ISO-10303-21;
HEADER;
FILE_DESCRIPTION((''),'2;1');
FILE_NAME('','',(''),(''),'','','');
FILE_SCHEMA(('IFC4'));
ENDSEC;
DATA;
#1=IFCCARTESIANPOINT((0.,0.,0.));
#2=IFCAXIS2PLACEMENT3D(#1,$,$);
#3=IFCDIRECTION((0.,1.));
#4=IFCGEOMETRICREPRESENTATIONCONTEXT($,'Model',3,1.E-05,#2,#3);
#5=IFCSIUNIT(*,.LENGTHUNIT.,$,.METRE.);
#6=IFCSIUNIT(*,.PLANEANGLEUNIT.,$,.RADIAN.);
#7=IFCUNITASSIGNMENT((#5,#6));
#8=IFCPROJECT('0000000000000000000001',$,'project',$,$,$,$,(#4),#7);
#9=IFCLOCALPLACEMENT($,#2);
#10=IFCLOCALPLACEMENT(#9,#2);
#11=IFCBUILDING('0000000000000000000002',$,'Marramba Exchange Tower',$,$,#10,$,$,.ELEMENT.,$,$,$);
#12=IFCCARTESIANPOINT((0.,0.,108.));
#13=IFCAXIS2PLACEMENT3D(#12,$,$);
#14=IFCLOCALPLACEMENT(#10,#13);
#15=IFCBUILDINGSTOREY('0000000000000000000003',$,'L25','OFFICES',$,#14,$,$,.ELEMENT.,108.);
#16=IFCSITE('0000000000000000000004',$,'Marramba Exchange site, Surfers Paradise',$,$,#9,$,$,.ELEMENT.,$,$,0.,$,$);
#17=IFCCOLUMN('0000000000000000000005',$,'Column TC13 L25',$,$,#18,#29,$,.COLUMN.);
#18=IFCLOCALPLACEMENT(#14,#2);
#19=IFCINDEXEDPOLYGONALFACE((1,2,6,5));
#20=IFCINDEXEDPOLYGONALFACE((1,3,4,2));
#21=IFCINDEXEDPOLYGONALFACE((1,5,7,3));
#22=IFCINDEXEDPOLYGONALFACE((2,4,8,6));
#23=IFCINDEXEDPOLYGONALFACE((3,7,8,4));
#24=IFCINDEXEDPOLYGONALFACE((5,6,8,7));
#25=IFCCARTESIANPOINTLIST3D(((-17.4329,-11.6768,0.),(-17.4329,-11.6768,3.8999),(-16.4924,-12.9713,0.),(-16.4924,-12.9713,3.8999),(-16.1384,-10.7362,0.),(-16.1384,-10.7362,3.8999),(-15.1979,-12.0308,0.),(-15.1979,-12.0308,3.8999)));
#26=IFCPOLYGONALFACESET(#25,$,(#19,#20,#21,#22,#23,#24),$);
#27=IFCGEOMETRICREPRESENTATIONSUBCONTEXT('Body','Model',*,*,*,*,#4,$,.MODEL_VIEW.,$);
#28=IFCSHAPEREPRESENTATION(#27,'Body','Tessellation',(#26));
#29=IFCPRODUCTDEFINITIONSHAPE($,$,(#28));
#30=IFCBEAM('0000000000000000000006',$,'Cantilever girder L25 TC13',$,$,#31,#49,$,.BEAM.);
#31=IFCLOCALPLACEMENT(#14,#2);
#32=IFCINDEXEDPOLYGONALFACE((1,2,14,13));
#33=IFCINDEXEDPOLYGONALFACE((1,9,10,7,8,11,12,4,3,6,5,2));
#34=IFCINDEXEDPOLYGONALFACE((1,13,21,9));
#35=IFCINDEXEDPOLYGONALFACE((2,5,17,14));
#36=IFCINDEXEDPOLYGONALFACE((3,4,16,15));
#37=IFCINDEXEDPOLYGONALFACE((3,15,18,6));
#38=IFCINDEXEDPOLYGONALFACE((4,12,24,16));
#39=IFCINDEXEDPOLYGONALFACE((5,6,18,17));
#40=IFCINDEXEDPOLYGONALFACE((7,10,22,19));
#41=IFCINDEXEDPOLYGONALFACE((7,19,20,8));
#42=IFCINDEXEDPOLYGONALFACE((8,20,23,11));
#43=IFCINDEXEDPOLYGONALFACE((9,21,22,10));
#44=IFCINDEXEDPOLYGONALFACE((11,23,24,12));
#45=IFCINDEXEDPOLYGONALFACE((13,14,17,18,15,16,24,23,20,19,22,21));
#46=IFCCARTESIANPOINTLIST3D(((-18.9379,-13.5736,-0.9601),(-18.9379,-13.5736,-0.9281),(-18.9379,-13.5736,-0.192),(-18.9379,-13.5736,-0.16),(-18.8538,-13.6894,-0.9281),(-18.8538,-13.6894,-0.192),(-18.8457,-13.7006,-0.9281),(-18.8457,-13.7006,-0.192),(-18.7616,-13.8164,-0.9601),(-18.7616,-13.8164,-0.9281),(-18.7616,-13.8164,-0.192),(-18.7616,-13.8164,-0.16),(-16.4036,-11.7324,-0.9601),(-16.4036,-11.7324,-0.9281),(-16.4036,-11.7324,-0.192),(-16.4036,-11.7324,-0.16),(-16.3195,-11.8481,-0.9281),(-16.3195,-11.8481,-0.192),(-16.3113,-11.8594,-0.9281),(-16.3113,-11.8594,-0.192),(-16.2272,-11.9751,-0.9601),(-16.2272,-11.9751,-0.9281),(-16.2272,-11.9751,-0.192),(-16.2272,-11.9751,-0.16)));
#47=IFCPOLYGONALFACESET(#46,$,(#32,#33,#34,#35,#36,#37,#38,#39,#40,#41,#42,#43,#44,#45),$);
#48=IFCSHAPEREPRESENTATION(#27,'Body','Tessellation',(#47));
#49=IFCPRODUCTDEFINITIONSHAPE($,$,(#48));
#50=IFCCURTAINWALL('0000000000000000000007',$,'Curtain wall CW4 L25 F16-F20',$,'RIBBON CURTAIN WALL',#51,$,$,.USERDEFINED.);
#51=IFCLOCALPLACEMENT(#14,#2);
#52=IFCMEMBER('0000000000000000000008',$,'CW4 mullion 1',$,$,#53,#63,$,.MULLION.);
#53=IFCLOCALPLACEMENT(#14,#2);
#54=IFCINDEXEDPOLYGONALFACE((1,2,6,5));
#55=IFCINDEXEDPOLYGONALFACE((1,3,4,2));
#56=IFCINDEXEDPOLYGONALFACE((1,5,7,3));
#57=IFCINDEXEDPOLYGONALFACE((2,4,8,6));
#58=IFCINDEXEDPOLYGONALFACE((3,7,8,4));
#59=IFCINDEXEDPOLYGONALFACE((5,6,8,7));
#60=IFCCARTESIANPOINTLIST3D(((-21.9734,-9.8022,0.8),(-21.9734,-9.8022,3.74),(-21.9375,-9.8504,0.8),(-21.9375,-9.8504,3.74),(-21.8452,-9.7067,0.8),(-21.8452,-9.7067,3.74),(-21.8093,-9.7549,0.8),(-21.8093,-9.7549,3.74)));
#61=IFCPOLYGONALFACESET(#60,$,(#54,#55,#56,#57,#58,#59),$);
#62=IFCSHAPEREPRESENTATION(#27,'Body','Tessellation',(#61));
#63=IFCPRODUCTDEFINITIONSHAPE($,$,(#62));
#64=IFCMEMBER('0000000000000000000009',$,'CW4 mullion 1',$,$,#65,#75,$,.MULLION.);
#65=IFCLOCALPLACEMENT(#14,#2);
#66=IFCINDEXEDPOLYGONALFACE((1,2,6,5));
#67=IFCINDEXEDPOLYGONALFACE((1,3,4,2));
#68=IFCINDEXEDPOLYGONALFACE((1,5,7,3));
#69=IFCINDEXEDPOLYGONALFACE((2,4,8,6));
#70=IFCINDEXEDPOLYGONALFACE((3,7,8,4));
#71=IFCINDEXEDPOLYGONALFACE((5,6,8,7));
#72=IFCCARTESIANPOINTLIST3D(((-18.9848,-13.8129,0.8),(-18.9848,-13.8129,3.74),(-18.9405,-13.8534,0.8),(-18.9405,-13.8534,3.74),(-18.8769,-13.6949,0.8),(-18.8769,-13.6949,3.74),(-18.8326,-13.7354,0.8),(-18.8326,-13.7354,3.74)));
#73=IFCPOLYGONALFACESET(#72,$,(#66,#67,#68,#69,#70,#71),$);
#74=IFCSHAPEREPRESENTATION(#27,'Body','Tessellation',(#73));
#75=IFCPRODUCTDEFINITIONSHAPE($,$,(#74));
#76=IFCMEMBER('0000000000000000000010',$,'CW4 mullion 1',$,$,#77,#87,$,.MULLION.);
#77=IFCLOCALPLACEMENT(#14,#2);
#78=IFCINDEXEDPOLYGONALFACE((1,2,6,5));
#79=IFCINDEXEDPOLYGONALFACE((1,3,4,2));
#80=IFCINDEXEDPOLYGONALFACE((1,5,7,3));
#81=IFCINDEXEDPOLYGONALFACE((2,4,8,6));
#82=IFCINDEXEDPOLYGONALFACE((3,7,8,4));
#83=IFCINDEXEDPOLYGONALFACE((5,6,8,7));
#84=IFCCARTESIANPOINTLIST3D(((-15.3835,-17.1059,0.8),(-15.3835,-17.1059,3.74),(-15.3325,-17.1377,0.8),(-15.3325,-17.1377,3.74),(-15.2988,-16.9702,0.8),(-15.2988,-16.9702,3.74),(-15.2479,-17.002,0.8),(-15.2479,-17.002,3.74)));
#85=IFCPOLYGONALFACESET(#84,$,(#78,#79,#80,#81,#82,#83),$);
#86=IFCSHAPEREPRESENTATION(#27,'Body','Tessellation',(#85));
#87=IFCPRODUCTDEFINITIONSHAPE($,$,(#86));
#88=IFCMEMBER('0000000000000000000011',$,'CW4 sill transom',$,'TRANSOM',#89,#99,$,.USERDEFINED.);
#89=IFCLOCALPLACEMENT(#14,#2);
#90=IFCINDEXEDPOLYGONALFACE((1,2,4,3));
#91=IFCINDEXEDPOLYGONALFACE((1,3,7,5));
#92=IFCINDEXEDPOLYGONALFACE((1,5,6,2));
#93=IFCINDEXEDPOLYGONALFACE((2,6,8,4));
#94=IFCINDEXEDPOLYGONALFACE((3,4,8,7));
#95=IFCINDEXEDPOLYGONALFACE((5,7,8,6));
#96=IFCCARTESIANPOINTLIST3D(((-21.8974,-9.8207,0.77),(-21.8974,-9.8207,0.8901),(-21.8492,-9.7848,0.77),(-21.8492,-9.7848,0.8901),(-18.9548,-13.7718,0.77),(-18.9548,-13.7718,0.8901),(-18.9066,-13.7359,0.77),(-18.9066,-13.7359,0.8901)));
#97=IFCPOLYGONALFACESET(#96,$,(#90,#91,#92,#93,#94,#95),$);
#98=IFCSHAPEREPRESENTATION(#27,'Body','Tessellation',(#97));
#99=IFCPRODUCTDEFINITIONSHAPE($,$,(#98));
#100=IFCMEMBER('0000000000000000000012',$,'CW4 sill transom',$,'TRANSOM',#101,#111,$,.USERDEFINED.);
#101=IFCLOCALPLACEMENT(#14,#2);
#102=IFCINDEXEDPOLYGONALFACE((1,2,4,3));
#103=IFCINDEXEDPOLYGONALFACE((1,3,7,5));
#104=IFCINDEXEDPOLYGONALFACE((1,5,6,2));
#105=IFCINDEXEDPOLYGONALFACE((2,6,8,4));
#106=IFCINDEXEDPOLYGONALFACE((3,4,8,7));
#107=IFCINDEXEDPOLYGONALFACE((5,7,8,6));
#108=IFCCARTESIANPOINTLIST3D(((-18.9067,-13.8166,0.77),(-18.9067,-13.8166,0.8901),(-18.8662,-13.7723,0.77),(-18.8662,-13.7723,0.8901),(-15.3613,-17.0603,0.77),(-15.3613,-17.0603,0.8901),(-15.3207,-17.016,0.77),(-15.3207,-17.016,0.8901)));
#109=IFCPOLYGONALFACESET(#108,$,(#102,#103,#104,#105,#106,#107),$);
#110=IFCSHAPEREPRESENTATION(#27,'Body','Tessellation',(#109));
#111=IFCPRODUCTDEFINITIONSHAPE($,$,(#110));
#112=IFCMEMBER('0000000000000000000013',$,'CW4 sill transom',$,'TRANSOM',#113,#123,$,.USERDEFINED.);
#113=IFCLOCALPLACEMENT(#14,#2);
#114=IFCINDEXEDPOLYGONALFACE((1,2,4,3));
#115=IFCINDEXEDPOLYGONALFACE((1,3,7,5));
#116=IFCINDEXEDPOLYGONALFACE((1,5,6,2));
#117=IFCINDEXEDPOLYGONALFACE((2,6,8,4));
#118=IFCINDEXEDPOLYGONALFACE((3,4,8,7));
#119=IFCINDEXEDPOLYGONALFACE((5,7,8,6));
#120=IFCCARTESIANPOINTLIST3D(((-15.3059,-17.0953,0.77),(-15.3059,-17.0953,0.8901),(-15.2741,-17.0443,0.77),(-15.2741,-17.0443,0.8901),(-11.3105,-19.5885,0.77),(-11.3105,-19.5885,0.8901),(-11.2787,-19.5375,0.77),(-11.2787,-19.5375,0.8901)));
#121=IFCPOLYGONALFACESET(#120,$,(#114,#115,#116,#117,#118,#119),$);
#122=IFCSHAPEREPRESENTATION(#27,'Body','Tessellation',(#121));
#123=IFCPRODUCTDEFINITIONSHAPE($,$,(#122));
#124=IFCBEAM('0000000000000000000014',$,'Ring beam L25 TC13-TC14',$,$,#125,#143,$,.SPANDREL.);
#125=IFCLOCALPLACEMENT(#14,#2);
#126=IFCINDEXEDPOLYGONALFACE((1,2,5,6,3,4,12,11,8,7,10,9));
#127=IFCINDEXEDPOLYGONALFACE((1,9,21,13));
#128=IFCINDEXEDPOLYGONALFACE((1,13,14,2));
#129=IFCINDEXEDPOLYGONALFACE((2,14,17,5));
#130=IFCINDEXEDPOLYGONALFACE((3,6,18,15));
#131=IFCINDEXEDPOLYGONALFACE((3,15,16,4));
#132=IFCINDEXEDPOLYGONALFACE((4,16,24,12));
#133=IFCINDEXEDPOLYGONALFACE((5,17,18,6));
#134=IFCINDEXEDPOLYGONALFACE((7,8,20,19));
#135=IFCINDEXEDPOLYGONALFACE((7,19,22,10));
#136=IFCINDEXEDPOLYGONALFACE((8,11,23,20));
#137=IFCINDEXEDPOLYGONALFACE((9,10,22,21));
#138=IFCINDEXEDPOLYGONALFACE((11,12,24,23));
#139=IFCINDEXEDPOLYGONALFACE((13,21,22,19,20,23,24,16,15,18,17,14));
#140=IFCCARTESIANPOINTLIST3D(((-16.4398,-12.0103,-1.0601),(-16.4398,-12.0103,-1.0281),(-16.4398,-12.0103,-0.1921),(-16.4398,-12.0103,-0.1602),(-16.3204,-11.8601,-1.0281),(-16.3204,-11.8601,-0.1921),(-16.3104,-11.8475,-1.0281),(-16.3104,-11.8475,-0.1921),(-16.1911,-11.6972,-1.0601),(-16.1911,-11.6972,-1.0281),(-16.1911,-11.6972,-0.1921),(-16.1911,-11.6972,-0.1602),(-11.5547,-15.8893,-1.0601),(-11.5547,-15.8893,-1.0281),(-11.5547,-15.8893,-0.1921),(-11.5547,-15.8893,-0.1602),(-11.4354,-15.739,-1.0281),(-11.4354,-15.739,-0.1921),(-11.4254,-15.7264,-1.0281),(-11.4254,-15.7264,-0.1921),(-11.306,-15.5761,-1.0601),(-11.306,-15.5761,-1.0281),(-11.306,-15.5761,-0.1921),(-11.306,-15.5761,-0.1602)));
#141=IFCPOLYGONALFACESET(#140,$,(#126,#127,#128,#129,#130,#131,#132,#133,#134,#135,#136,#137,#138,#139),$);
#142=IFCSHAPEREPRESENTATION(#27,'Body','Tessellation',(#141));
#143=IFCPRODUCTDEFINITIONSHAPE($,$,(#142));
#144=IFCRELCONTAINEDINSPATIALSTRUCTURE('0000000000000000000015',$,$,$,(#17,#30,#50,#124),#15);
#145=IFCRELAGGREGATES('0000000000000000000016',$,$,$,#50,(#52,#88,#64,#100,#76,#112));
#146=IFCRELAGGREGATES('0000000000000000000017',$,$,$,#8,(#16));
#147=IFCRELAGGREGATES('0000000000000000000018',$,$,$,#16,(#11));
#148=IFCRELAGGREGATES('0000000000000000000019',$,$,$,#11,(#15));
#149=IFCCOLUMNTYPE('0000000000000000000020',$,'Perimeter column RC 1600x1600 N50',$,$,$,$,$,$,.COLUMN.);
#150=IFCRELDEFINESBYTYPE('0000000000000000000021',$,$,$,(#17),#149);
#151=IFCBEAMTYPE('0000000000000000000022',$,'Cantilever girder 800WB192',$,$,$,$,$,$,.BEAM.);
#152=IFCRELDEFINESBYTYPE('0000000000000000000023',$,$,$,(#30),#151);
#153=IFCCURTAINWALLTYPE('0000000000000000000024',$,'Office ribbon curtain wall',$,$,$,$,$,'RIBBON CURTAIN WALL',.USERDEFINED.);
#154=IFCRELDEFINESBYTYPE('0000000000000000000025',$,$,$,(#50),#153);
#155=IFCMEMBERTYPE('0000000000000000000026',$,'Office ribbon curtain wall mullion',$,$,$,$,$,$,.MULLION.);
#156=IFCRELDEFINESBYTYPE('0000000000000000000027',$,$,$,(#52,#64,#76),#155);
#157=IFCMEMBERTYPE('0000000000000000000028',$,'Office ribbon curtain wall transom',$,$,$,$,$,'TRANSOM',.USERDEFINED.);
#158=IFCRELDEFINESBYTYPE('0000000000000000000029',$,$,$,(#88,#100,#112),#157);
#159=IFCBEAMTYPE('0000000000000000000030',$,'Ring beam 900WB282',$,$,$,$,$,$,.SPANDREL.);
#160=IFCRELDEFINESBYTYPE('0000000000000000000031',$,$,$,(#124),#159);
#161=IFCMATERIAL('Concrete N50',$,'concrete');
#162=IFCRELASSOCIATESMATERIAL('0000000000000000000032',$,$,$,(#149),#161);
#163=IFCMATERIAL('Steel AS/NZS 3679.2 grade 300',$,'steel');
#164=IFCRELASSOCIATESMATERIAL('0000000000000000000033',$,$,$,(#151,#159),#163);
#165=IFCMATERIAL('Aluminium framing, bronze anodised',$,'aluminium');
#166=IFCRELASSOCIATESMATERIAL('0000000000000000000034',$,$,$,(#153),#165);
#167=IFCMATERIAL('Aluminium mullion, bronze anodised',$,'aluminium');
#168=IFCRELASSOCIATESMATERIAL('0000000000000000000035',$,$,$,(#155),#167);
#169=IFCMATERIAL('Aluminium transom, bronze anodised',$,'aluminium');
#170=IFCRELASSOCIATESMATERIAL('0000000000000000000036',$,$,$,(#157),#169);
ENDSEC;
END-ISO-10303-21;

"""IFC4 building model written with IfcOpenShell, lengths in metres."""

from ifc_helpers import new_model, si_unit, direction, frame, origin, origin_2d, place, context, subcontext, project, spatial, rectangle, i_section, extrude, material, material_profile, profile_set, type_object, element, aggregate, save


model = new_model("IFC4")

# Units and contexts
model_context = context("Model", 3, precision=1e-05, world=origin(), true_north=direction((0.0, 1.0)))
body_context = subcontext(model_context, "Body", "Model", "MODEL_VIEW")
ifc_project = project(units=[si_unit("LENGTHUNIT", "METRE"), si_unit("PLANEANGLEUNIT", "RADIAN")], contexts=[model_context])

# Site, building, storey
site_placement = place(None, origin())
site = spatial("IfcSite", under=ifc_project, at=site_placement, Name="Marramba Exchange site, Surfers Paradise", CompositionType="ELEMENT", RefElevation=0.0)
building_placement = place(site_placement, origin())
building = spatial("IfcBuilding", under=site, at=building_placement, Name="Marramba Exchange Tower", CompositionType="ELEMENT")
storey_placement = place(building_placement, frame((0.0, 0.0, 108.0)))
storey = spatial("IfcBuildingStorey", under=building, at=storey_placement, Name="L25", Description="OFFICES", CompositionType="ELEMENT", Elevation=108.0)

# Column
ifc_material_1 = material(Name="Concrete N50", Category="concrete")
ifc_material_profile_1 = material_profile(ifc_material_1, rectangle(XDim=1.6001, YDim=1.6001, at=origin_2d()), Name="RC 1600x1600")
ifc_profile_set_1 = profile_set([ifc_material_profile_1], Name="Concrete N50")
column_type = type_object("IfcColumnType", Name="Perimeter column RC 1600x1600 N50", PredefinedType="COLUMN", material=ifc_profile_set_1)
column_placement = place(storey_placement, frame((-16.3154, -11.8538, 0.0), z_axis=(0.0, 0.0, 1.0), x_axis=(-0.809017, -0.587785, 0.0)))
element("IfcColumn", 1, at=column_placement, inside=storey, type_object=column_type, Name="Column TC13 L25", PredefinedType="COLUMN", context=body_context, shape_type="SweptSolid", body=[
    extrude(rectangle(XDim=1.6001, YDim=1.6001, at=origin_2d()), origin(), (0.0, 0.0, 1.0), 3.8999),
])

# Beam
ifc_material_2 = material(Name="Steel AS/NZS 3679.2 grade 300", Category="steel")
ifc_material_profile_2 = material_profile(ifc_material_2, i_section(OverallWidth=0.3, OverallDepth=0.8, WebThickness=0.0139, FlangeThickness=0.032, at=origin_2d()), Name="800WB192")
ifc_profile_set_2 = profile_set([ifc_material_profile_2], Name="Steel AS/NZS 3679.2 grade 300")
beam_type_1 = type_object("IfcBeamType", Name="Cantilever girder 800WB192", PredefinedType="BEAM", material=ifc_profile_set_2)
beam_1_placement = place(storey_placement, frame((-16.3154, -11.8538, -0.5601), z_axis=(-0.809026, -0.587773, 0.0), x_axis=(0.587773, -0.809026, 0.0)))
element("IfcBeam", 2, at=beam_1_placement, inside=storey, type_object=beam_type_1, Name="Cantilever girder L25 TC13", PredefinedType="BEAM", context=body_context, shape_type="SweptSolid", body=[
    extrude(i_section(OverallWidth=0.3, OverallDepth=0.8, WebThickness=0.0139, FlangeThickness=0.032, at=origin_2d()), origin(), (0.0, 0.0, 1.0), 3.1326),
])

# Curtain wall, members
ifc_material_3 = material(Name="Aluminium framing, bronze anodised", Category="aluminium")
curtain_wall_type = type_object("IfcCurtainWallType", Name="Office ribbon curtain wall", ElementType="RIBBON CURTAIN WALL", PredefinedType="USERDEFINED", material=ifc_material_3)
curtain_wall_placement = place(storey_placement, origin())
curtain_wall = element("IfcCurtainWall", 3, at=curtain_wall_placement, inside=storey, type_object=curtain_wall_type, Name="Curtain wall CW4 L25 F16-F20", ObjectType="RIBBON CURTAIN WALL", PredefinedType="USERDEFINED")
ifc_material_4 = material(Name="Aluminium mullion, bronze anodised", Category="aluminium")
ifc_material_profile_3 = material_profile(ifc_material_4, rectangle(XDim=0.1599, YDim=0.0601, at=origin_2d()), Name="CW4 mullion 60x160")
ifc_profile_set_3 = profile_set([ifc_material_profile_3], Name="Aluminium mullion, bronze anodised")
member_type_1 = type_object("IfcMemberType", Name="Office ribbon curtain wall mullion", PredefinedType="MULLION", material=ifc_profile_set_3)
member_1_placement = place(storey_placement, frame((-21.8914, -9.7786, 0.8), z_axis=(0.0, 0.0, 1.0), x_axis=(0.802014, 0.597305, 0.0)))
member_1 = element("IfcMember", 4, at=member_1_placement, type_object=member_type_1, Name="CW4 mullion 1", PredefinedType="MULLION", context=body_context, shape_type="SweptSolid", body=[
    extrude(rectangle(XDim=0.1599, YDim=0.0601, at=origin_2d()), origin(), (0.0, 0.0, 1.0), 2.9399),
])
member_2_placement = place(storey_placement, frame((-18.9087, -13.7742, 0.8), z_axis=(0.0, 0.0, 1.0), x_axis=(0.674995, 0.737822, 0.0)))
member_2 = element("IfcMember", 5, at=member_2_placement, type_object=member_type_1, Name="CW4 mullion 1", PredefinedType="MULLION", context=body_context, shape_type="SweptSolid", body=[
    extrude(rectangle(XDim=0.1599, YDim=0.0601, at=origin_2d()), origin(), (0.0, 0.0, 1.0), 2.9399),
])
member_3_placement = place(storey_placement, frame((-15.3157, -17.054, 0.8), z_axis=(0.0, 0.0, 1.0), x_axis=(0.529428, 0.848355, 0.0)))
member_3 = element("IfcMember", 6, at=member_3_placement, type_object=member_type_1, Name="CW4 mullion 1", PredefinedType="MULLION", context=body_context, shape_type="SweptSolid", body=[
    extrude(rectangle(XDim=0.1599, YDim=0.0601, at=origin_2d()), origin(), (0.0, 0.0, 1.0), 2.9399),
])
ifc_material_5 = material(Name="Aluminium transom, bronze anodised", Category="aluminium")
ifc_material_profile_4 = material_profile(ifc_material_5, rectangle(XDim=0.0601, YDim=0.1201, at=origin_2d()), Name="CW4 transom 60x120")
ifc_profile_set_4 = profile_set([ifc_material_profile_4], Name="Aluminium transom, bronze anodised")
member_type_2 = type_object("IfcMemberType", Name="Office ribbon curtain wall transom", ElementType="TRANSOM", PredefinedType="USERDEFINED", material=ifc_profile_set_4)
member_4_placement = place(storey_placement, frame((-21.8733, -9.8027, 0.8301), z_axis=(0.597301, -0.802017, 0.0), x_axis=(0.802017, 0.597301, 0.0)))
member_4 = element("IfcMember", 7, at=member_4_placement, type_object=member_type_2, Name="CW4 sill transom", ObjectType="TRANSOM", PredefinedType="USERDEFINED", context=body_context, shape_type="SweptSolid", body=[
    extrude(rectangle(XDim=0.0601, YDim=0.1201, at=origin_2d()), origin(), (0.0, 0.0, 1.0), 4.9265),
])
member_5_placement = place(storey_placement, frame((-18.8865, -13.7944, 0.8301), z_axis=(0.737808, -0.675011, 0.0), x_axis=(0.675011, 0.737808, 0.0)))
member_5 = element("IfcMember", 8, at=member_5_placement, type_object=member_type_2, Name="CW4 sill transom", ObjectType="TRANSOM", PredefinedType="USERDEFINED", context=body_context, shape_type="SweptSolid", body=[
    extrude(rectangle(XDim=0.0601, YDim=0.1201, at=origin_2d()), origin(), (0.0, 0.0, 1.0), 4.8054),
])
member_6_placement = place(storey_placement, frame((-15.29, -17.0698, 0.8301), z_axis=(0.848374, -0.529398, 0.0), x_axis=(0.529398, 0.848374, 0.0)))
member_6 = element("IfcMember", 9, at=member_6_placement, type_object=member_type_2, Name="CW4 sill transom", ObjectType="TRANSOM", PredefinedType="USERDEFINED", context=body_context, shape_type="SweptSolid", body=[
    extrude(rectangle(XDim=0.0601, YDim=0.1201, at=origin_2d()), origin(), (0.0, 0.0, 1.0), 4.7095),
])

# Beam
ifc_material_profile_5 = material_profile(ifc_material_2, i_section(OverallWidth=0.3999, OverallDepth=0.8999, WebThickness=0.0161, FlangeThickness=0.032, at=origin_2d()), Name="900WB282")
ifc_profile_set_5 = profile_set([ifc_material_profile_5], Name="Steel AS/NZS 3679.2 grade 300")
beam_type_2 = type_object("IfcBeamType", Name="Ring beam 900WB282", PredefinedType="SPANDREL", material=ifc_profile_set_5)
beam_2_placement = place(storey_placement, frame((-16.3154, -11.8538, -0.6101), z_axis=(0.783139, -0.621846, 0.0), x_axis=(0.621846, 0.783139, 0.0)))
element("IfcBeam", 10, at=beam_2_placement, inside=storey, type_object=beam_type_2, Name="Ring beam L25 TC13-TC14", PredefinedType="SPANDREL", context=body_context, shape_type="SweptSolid", body=[
    extrude(i_section(OverallWidth=0.3999, OverallDepth=0.8999, WebThickness=0.0161, FlangeThickness=0.032, at=origin_2d()), origin(), (0.0, 0.0, 1.0), 6.2378),
])

aggregate(curtain_wall, [member_1, member_4, member_2, member_5, member_3, member_6])

save(model, "model.ifc")
